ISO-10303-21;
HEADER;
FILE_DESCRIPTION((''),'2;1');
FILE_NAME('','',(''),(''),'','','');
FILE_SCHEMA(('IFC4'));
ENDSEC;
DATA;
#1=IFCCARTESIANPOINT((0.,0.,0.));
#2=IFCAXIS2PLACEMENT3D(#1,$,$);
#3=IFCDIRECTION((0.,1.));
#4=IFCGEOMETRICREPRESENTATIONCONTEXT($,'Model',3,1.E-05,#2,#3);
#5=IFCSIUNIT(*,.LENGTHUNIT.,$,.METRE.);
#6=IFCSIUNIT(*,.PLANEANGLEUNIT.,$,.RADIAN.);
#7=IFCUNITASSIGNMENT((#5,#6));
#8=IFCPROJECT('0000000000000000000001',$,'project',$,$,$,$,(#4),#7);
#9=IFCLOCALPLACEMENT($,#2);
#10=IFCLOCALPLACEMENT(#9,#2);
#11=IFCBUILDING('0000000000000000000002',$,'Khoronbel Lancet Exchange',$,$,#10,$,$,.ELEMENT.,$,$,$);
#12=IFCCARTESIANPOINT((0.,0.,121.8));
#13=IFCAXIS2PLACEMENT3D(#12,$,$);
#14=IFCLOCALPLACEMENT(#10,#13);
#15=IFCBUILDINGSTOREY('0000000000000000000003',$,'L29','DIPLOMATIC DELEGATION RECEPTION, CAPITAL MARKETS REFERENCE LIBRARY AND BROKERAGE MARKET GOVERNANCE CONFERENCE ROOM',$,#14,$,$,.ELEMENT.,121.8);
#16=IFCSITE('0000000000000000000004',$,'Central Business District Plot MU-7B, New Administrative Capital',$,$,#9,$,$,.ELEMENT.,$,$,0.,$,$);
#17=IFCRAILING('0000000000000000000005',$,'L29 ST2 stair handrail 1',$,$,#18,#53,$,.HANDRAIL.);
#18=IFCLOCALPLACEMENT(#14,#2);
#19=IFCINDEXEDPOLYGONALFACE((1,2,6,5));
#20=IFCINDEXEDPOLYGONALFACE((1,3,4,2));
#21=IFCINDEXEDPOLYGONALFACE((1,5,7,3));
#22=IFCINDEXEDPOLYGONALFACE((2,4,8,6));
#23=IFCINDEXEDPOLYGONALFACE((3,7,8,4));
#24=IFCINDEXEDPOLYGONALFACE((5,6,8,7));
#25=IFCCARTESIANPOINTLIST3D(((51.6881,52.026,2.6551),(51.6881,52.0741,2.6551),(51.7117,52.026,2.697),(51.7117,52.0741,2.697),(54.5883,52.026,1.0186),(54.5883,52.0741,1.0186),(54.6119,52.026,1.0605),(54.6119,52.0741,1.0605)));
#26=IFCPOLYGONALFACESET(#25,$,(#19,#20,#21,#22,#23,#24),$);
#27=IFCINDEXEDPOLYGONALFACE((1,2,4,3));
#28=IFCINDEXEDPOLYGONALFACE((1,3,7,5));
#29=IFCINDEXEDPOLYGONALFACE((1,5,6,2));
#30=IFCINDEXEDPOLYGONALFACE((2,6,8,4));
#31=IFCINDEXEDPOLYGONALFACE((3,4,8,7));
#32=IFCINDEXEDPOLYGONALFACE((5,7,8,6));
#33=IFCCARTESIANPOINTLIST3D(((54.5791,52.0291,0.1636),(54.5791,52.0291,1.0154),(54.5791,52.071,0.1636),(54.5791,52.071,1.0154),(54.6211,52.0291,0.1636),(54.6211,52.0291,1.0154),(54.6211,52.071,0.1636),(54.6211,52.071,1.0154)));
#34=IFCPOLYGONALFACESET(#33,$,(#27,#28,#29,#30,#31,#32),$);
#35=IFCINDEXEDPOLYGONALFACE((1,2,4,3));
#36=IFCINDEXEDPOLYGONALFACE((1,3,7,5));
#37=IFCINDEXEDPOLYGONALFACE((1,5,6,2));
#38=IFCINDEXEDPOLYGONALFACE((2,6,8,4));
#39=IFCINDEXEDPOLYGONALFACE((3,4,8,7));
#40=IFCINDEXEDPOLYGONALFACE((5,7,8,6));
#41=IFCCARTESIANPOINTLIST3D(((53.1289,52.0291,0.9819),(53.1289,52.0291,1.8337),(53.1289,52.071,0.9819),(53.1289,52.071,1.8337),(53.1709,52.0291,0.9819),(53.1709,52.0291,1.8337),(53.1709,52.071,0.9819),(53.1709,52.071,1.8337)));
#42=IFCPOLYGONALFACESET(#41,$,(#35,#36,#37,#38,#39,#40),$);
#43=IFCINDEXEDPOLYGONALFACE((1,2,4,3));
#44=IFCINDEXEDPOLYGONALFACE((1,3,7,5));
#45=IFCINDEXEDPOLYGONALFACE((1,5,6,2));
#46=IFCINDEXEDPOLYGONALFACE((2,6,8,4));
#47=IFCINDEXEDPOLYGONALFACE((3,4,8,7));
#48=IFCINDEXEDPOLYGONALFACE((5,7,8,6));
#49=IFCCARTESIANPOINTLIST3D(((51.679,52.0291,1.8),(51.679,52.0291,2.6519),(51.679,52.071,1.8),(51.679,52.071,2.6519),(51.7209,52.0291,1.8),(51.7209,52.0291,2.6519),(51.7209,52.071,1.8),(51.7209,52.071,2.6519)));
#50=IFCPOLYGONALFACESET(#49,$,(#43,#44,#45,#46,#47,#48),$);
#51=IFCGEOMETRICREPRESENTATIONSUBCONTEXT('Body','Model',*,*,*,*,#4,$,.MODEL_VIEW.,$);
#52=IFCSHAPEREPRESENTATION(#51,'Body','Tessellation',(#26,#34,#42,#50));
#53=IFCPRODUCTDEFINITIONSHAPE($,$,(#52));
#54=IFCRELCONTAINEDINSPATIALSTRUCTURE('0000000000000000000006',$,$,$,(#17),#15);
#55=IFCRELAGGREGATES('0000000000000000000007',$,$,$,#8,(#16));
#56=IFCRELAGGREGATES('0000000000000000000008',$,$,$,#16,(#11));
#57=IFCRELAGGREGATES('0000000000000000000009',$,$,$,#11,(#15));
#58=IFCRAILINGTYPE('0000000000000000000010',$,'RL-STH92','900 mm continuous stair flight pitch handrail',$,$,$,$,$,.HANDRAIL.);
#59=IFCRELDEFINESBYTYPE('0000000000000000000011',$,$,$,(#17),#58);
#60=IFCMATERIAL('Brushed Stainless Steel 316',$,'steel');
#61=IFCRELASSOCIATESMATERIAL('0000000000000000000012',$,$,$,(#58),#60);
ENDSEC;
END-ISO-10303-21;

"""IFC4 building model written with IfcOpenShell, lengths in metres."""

from ifc_helpers import new_model, si_unit, direction, frame, origin, origin_2d, place, context, subcontext, project, spatial, rectangle, extrude, material, type_object, element, save


model = new_model("IFC4")

# Units and contexts
model_context = context("Model", 3, precision=1e-05, world=origin(), true_north=direction((0.0, 1.0)))
body_context = subcontext(model_context, "Body", "Model", "MODEL_VIEW")
ifc_project = project(units=[si_unit("LENGTHUNIT", "METRE"), si_unit("PLANEANGLEUNIT", "RADIAN")], contexts=[model_context])

# Site, building, storey
site_placement = place(None, origin())
site = spatial("IfcSite", under=ifc_project, at=site_placement, Name="Central Business District Plot MU-7B, New Administrative Capital", CompositionType="ELEMENT", RefElevation=0.0)
building_placement = place(site_placement, origin())
building = spatial("IfcBuilding", under=site, at=building_placement, Name="Khoronbel Lancet Exchange", CompositionType="ELEMENT")
storey_placement = place(building_placement, frame((0.0, 0.0, 121.8)))
storey = spatial("IfcBuildingStorey", under=building, at=storey_placement, Name="L29", Description="DIPLOMATIC DELEGATION RECEPTION, CAPITAL MARKETS REFERENCE LIBRARY AND BROKERAGE MARKET GOVERNANCE CONFERENCE ROOM", CompositionType="ELEMENT", Elevation=121.8)

# Railing
ifc_material_1 = material(Name="Brushed Stainless Steel 316", Category="steel")
railing_type_1 = type_object("IfcRailingType", Name="RL-STH92", Description="900 mm continuous stair flight pitch handrail", PredefinedType="HANDRAIL", material=ifc_material_1)
railing_1_placement = place(storey_placement, frame((54.6001, 52.05, 0.1636)))
element("IfcRailing", 1, at=railing_1_placement, inside=storey, type_object=railing_type_1, Name="L29 ST2 stair handrail 1", PredefinedType="HANDRAIL", context=body_context, shape_type="SweptSolid", body=[
    extrude(rectangle(XDim=0.0481, YDim=0.0481, at=origin_2d()), frame((0.0, 0.0, 0.876), z_axis=(-0.870915, 0.0, 0.491434), x_axis=(0.0, -1.0, 0.0)), (0.0, 0.0, 1.0), 3.3301),
    extrude(rectangle(XDim=0.042, YDim=0.042, at=origin_2d()), origin(), (0.0, 0.0, 1.0), 0.8518),
    extrude(rectangle(XDim=0.042, YDim=0.042, at=origin_2d()), frame((-1.4502, 0.0, 0.8184)), (0.0, 0.0, 1.0), 0.8518),
    extrude(rectangle(XDim=0.042, YDim=0.042, at=origin_2d()), frame((-2.9001, 0.0, 1.6365)), (0.0, 0.0, 1.0), 0.8518),
])

save(model, "model.ifc")
